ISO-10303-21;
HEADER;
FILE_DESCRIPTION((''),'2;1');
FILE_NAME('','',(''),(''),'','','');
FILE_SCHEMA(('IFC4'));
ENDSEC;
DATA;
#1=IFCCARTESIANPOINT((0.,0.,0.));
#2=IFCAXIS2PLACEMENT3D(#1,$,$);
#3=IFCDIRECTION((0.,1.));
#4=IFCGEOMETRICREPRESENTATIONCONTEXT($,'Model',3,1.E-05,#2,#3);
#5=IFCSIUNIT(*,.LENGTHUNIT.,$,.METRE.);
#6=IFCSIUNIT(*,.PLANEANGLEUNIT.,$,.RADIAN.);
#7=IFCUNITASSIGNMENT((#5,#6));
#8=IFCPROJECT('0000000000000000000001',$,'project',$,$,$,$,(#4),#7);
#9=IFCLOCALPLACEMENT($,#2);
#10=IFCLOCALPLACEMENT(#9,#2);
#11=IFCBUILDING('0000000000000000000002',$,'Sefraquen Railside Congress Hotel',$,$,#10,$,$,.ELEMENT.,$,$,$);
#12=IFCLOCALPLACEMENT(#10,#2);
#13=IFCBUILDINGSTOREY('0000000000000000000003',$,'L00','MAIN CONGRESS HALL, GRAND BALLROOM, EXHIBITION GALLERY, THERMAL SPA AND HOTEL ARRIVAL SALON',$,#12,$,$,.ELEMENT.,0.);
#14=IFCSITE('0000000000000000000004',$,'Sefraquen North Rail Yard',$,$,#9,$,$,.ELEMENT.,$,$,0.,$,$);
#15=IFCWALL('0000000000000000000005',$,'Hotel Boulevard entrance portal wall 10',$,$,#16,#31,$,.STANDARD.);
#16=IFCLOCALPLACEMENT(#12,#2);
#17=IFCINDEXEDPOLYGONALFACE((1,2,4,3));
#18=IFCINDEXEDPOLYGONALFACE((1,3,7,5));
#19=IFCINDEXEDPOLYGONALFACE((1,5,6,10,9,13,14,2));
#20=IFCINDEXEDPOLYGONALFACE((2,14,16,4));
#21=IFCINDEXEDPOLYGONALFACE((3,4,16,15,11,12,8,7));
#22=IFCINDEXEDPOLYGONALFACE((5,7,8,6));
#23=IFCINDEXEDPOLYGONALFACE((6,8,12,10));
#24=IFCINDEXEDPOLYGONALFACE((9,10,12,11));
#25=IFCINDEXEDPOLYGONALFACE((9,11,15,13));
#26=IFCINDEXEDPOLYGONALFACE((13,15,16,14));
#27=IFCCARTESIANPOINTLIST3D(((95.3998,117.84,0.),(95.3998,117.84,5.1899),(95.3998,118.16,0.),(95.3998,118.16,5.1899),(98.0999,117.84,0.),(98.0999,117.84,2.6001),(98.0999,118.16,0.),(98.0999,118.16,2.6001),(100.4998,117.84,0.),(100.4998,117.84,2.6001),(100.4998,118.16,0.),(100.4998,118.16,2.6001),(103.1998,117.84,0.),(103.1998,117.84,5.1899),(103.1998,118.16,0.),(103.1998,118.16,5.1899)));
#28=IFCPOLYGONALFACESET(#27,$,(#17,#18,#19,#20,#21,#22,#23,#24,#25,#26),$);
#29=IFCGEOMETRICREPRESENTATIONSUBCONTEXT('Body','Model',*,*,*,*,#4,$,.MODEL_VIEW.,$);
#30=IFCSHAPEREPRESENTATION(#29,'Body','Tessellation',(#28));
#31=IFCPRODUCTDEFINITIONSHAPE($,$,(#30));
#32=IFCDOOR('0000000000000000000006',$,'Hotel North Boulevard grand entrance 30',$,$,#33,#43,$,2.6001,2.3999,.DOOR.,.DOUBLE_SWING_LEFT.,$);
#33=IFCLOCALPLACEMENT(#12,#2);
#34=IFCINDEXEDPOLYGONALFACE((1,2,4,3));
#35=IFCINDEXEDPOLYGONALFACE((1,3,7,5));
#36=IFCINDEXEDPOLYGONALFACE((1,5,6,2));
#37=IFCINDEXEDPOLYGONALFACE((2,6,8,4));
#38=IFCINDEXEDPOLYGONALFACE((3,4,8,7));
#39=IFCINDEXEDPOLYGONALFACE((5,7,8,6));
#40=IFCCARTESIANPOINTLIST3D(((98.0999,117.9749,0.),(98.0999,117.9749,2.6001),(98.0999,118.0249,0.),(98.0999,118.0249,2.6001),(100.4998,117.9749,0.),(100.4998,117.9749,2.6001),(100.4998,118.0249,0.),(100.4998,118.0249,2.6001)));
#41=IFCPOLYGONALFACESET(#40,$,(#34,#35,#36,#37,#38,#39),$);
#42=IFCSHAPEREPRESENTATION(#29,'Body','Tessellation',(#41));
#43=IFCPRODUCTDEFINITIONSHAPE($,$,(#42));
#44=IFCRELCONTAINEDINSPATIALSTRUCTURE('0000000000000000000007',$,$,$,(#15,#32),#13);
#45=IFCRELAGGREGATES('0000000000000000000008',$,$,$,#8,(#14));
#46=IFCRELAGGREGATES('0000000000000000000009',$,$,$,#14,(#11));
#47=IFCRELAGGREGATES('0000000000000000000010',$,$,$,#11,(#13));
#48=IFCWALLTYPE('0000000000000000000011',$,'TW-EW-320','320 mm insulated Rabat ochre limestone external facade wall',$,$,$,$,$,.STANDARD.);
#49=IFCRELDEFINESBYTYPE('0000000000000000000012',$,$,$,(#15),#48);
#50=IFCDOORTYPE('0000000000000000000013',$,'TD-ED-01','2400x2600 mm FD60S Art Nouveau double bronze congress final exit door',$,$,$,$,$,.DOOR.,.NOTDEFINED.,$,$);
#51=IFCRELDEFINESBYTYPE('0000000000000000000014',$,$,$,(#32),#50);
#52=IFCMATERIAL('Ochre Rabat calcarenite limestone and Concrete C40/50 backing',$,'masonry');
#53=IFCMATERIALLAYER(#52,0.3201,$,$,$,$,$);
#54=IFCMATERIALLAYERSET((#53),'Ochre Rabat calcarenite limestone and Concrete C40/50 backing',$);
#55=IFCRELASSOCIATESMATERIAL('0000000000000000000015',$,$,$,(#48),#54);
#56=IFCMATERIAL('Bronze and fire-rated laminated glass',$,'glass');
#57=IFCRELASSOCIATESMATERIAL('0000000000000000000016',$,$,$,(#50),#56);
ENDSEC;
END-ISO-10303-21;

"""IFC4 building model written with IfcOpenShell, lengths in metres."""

from ifc_helpers import new_model, si_unit, direction, frame, frame_2d, origin, place, context, subcontext, project, spatial, rectangle, extrude, material, layer, layer_set, type_object, element, fill, save


model = new_model("IFC4")

# Units and contexts
model_context = context("Model", 3, precision=1e-05, world=origin(), true_north=direction((0.0, 1.0)))
body_context = subcontext(model_context, "Body", "Model", "MODEL_VIEW")
ifc_project = project(units=[si_unit("LENGTHUNIT", "METRE"), si_unit("PLANEANGLEUNIT", "RADIAN")], contexts=[model_context])

# Site, building, storey
site_placement = place(None, origin())
site = spatial("IfcSite", under=ifc_project, at=site_placement, Name="Sefraquen North Rail Yard", CompositionType="ELEMENT", RefElevation=0.0)
building_placement = place(site_placement, origin())
building = spatial("IfcBuilding", under=site, at=building_placement, Name="Sefraquen Railside Congress Hotel", CompositionType="ELEMENT")
storey_placement = place(building_placement, origin())
storey = spatial("IfcBuildingStorey", under=building, at=storey_placement, Name="L00", Description="MAIN CONGRESS HALL, GRAND BALLROOM, EXHIBITION GALLERY, THERMAL SPA AND HOTEL ARRIVAL SALON", CompositionType="ELEMENT", Elevation=0.0)

# Wall, opening, door
ifc_material_1 = material(Name="Ochre Rabat calcarenite limestone and Concrete C40/50 backing", Category="masonry")
ifc_layer = layer(ifc_material_1, 0.3201)
ifc_layer_set = layer_set([ifc_layer], Name="Ochre Rabat calcarenite limestone and Concrete C40/50 backing")
wall_type = type_object("IfcWallType", Name="TW-EW-320", Description="320 mm insulated Rabat ochre limestone external facade wall", PredefinedType="STANDARD", material=ifc_layer_set)
ifc_material_2 = material(Name="Bronze and fire-rated laminated glass", Category="glass")
wall_1_placement = place(storey_placement, frame((95.3999, 118.0, 0.0), z_axis=(0.0, 0.0, 1.0), x_axis=(1.0, 0.0, 0.0)))
wall_1 = element("IfcWall", 1, at=wall_1_placement, inside=storey, type_object=wall_type, Name="Hotel Boulevard entrance portal wall 10", PredefinedType="STANDARD", context=body_context, shape_type="SweptSolid", body=[
    extrude(rectangle(XDim=7.8, YDim=0.3201, at=frame_2d((3.8999, 0.0))), origin(), (0.0, 0.0, 1.0), 5.1899),
])
opening_1_placement = place(wall_1_placement, frame((2.7, 0.0, 0.0)))
opening_1 = element("IfcOpeningElement", 2, at=opening_1_placement, cuts=wall_1, PredefinedType="OPENING", context=body_context, shape_type="SweptSolid", body=[
    extrude(rectangle(XDim=2.3999, YDim=2.6001, at=frame_2d((1.2, 1.3))), frame((0.0, 0.1699, 0.0), z_axis=(0.0, -1.0, 0.0), x_axis=(1.0, 0.0, 0.0)), (0.0, 0.0, 1.0), 0.3401),
])
door_type_1 = type_object("IfcDoorType", Name="TD-ED-01", Description="2400x2600 mm FD60S Art Nouveau double bronze congress final exit door", OperationType="NOTDEFINED", PredefinedType="DOOR", material=ifc_material_2)
door_1_placement = place(opening_1_placement, origin())
door_1 = element("IfcDoor", 3, at=door_1_placement, inside=storey, type_object=door_type_1, Name="Hotel North Boulevard grand entrance 30", OperationType="DOUBLE_SWING_LEFT", OverallHeight=2.6001, OverallWidth=2.3999, PredefinedType="DOOR", context=body_context, shape_type="SweptSolid", body=[
    extrude(rectangle(XDim=2.3999, YDim=2.6001, at=frame_2d((1.2, 1.3))), frame((0.0, 0.0249, 0.0), z_axis=(0.0, -1.0, 0.0), x_axis=(1.0, 0.0, 0.0)), (0.0, 0.0, 1.0), 0.05),
])
fill(opening_1, door_1)

save(model, "model.ifc")
